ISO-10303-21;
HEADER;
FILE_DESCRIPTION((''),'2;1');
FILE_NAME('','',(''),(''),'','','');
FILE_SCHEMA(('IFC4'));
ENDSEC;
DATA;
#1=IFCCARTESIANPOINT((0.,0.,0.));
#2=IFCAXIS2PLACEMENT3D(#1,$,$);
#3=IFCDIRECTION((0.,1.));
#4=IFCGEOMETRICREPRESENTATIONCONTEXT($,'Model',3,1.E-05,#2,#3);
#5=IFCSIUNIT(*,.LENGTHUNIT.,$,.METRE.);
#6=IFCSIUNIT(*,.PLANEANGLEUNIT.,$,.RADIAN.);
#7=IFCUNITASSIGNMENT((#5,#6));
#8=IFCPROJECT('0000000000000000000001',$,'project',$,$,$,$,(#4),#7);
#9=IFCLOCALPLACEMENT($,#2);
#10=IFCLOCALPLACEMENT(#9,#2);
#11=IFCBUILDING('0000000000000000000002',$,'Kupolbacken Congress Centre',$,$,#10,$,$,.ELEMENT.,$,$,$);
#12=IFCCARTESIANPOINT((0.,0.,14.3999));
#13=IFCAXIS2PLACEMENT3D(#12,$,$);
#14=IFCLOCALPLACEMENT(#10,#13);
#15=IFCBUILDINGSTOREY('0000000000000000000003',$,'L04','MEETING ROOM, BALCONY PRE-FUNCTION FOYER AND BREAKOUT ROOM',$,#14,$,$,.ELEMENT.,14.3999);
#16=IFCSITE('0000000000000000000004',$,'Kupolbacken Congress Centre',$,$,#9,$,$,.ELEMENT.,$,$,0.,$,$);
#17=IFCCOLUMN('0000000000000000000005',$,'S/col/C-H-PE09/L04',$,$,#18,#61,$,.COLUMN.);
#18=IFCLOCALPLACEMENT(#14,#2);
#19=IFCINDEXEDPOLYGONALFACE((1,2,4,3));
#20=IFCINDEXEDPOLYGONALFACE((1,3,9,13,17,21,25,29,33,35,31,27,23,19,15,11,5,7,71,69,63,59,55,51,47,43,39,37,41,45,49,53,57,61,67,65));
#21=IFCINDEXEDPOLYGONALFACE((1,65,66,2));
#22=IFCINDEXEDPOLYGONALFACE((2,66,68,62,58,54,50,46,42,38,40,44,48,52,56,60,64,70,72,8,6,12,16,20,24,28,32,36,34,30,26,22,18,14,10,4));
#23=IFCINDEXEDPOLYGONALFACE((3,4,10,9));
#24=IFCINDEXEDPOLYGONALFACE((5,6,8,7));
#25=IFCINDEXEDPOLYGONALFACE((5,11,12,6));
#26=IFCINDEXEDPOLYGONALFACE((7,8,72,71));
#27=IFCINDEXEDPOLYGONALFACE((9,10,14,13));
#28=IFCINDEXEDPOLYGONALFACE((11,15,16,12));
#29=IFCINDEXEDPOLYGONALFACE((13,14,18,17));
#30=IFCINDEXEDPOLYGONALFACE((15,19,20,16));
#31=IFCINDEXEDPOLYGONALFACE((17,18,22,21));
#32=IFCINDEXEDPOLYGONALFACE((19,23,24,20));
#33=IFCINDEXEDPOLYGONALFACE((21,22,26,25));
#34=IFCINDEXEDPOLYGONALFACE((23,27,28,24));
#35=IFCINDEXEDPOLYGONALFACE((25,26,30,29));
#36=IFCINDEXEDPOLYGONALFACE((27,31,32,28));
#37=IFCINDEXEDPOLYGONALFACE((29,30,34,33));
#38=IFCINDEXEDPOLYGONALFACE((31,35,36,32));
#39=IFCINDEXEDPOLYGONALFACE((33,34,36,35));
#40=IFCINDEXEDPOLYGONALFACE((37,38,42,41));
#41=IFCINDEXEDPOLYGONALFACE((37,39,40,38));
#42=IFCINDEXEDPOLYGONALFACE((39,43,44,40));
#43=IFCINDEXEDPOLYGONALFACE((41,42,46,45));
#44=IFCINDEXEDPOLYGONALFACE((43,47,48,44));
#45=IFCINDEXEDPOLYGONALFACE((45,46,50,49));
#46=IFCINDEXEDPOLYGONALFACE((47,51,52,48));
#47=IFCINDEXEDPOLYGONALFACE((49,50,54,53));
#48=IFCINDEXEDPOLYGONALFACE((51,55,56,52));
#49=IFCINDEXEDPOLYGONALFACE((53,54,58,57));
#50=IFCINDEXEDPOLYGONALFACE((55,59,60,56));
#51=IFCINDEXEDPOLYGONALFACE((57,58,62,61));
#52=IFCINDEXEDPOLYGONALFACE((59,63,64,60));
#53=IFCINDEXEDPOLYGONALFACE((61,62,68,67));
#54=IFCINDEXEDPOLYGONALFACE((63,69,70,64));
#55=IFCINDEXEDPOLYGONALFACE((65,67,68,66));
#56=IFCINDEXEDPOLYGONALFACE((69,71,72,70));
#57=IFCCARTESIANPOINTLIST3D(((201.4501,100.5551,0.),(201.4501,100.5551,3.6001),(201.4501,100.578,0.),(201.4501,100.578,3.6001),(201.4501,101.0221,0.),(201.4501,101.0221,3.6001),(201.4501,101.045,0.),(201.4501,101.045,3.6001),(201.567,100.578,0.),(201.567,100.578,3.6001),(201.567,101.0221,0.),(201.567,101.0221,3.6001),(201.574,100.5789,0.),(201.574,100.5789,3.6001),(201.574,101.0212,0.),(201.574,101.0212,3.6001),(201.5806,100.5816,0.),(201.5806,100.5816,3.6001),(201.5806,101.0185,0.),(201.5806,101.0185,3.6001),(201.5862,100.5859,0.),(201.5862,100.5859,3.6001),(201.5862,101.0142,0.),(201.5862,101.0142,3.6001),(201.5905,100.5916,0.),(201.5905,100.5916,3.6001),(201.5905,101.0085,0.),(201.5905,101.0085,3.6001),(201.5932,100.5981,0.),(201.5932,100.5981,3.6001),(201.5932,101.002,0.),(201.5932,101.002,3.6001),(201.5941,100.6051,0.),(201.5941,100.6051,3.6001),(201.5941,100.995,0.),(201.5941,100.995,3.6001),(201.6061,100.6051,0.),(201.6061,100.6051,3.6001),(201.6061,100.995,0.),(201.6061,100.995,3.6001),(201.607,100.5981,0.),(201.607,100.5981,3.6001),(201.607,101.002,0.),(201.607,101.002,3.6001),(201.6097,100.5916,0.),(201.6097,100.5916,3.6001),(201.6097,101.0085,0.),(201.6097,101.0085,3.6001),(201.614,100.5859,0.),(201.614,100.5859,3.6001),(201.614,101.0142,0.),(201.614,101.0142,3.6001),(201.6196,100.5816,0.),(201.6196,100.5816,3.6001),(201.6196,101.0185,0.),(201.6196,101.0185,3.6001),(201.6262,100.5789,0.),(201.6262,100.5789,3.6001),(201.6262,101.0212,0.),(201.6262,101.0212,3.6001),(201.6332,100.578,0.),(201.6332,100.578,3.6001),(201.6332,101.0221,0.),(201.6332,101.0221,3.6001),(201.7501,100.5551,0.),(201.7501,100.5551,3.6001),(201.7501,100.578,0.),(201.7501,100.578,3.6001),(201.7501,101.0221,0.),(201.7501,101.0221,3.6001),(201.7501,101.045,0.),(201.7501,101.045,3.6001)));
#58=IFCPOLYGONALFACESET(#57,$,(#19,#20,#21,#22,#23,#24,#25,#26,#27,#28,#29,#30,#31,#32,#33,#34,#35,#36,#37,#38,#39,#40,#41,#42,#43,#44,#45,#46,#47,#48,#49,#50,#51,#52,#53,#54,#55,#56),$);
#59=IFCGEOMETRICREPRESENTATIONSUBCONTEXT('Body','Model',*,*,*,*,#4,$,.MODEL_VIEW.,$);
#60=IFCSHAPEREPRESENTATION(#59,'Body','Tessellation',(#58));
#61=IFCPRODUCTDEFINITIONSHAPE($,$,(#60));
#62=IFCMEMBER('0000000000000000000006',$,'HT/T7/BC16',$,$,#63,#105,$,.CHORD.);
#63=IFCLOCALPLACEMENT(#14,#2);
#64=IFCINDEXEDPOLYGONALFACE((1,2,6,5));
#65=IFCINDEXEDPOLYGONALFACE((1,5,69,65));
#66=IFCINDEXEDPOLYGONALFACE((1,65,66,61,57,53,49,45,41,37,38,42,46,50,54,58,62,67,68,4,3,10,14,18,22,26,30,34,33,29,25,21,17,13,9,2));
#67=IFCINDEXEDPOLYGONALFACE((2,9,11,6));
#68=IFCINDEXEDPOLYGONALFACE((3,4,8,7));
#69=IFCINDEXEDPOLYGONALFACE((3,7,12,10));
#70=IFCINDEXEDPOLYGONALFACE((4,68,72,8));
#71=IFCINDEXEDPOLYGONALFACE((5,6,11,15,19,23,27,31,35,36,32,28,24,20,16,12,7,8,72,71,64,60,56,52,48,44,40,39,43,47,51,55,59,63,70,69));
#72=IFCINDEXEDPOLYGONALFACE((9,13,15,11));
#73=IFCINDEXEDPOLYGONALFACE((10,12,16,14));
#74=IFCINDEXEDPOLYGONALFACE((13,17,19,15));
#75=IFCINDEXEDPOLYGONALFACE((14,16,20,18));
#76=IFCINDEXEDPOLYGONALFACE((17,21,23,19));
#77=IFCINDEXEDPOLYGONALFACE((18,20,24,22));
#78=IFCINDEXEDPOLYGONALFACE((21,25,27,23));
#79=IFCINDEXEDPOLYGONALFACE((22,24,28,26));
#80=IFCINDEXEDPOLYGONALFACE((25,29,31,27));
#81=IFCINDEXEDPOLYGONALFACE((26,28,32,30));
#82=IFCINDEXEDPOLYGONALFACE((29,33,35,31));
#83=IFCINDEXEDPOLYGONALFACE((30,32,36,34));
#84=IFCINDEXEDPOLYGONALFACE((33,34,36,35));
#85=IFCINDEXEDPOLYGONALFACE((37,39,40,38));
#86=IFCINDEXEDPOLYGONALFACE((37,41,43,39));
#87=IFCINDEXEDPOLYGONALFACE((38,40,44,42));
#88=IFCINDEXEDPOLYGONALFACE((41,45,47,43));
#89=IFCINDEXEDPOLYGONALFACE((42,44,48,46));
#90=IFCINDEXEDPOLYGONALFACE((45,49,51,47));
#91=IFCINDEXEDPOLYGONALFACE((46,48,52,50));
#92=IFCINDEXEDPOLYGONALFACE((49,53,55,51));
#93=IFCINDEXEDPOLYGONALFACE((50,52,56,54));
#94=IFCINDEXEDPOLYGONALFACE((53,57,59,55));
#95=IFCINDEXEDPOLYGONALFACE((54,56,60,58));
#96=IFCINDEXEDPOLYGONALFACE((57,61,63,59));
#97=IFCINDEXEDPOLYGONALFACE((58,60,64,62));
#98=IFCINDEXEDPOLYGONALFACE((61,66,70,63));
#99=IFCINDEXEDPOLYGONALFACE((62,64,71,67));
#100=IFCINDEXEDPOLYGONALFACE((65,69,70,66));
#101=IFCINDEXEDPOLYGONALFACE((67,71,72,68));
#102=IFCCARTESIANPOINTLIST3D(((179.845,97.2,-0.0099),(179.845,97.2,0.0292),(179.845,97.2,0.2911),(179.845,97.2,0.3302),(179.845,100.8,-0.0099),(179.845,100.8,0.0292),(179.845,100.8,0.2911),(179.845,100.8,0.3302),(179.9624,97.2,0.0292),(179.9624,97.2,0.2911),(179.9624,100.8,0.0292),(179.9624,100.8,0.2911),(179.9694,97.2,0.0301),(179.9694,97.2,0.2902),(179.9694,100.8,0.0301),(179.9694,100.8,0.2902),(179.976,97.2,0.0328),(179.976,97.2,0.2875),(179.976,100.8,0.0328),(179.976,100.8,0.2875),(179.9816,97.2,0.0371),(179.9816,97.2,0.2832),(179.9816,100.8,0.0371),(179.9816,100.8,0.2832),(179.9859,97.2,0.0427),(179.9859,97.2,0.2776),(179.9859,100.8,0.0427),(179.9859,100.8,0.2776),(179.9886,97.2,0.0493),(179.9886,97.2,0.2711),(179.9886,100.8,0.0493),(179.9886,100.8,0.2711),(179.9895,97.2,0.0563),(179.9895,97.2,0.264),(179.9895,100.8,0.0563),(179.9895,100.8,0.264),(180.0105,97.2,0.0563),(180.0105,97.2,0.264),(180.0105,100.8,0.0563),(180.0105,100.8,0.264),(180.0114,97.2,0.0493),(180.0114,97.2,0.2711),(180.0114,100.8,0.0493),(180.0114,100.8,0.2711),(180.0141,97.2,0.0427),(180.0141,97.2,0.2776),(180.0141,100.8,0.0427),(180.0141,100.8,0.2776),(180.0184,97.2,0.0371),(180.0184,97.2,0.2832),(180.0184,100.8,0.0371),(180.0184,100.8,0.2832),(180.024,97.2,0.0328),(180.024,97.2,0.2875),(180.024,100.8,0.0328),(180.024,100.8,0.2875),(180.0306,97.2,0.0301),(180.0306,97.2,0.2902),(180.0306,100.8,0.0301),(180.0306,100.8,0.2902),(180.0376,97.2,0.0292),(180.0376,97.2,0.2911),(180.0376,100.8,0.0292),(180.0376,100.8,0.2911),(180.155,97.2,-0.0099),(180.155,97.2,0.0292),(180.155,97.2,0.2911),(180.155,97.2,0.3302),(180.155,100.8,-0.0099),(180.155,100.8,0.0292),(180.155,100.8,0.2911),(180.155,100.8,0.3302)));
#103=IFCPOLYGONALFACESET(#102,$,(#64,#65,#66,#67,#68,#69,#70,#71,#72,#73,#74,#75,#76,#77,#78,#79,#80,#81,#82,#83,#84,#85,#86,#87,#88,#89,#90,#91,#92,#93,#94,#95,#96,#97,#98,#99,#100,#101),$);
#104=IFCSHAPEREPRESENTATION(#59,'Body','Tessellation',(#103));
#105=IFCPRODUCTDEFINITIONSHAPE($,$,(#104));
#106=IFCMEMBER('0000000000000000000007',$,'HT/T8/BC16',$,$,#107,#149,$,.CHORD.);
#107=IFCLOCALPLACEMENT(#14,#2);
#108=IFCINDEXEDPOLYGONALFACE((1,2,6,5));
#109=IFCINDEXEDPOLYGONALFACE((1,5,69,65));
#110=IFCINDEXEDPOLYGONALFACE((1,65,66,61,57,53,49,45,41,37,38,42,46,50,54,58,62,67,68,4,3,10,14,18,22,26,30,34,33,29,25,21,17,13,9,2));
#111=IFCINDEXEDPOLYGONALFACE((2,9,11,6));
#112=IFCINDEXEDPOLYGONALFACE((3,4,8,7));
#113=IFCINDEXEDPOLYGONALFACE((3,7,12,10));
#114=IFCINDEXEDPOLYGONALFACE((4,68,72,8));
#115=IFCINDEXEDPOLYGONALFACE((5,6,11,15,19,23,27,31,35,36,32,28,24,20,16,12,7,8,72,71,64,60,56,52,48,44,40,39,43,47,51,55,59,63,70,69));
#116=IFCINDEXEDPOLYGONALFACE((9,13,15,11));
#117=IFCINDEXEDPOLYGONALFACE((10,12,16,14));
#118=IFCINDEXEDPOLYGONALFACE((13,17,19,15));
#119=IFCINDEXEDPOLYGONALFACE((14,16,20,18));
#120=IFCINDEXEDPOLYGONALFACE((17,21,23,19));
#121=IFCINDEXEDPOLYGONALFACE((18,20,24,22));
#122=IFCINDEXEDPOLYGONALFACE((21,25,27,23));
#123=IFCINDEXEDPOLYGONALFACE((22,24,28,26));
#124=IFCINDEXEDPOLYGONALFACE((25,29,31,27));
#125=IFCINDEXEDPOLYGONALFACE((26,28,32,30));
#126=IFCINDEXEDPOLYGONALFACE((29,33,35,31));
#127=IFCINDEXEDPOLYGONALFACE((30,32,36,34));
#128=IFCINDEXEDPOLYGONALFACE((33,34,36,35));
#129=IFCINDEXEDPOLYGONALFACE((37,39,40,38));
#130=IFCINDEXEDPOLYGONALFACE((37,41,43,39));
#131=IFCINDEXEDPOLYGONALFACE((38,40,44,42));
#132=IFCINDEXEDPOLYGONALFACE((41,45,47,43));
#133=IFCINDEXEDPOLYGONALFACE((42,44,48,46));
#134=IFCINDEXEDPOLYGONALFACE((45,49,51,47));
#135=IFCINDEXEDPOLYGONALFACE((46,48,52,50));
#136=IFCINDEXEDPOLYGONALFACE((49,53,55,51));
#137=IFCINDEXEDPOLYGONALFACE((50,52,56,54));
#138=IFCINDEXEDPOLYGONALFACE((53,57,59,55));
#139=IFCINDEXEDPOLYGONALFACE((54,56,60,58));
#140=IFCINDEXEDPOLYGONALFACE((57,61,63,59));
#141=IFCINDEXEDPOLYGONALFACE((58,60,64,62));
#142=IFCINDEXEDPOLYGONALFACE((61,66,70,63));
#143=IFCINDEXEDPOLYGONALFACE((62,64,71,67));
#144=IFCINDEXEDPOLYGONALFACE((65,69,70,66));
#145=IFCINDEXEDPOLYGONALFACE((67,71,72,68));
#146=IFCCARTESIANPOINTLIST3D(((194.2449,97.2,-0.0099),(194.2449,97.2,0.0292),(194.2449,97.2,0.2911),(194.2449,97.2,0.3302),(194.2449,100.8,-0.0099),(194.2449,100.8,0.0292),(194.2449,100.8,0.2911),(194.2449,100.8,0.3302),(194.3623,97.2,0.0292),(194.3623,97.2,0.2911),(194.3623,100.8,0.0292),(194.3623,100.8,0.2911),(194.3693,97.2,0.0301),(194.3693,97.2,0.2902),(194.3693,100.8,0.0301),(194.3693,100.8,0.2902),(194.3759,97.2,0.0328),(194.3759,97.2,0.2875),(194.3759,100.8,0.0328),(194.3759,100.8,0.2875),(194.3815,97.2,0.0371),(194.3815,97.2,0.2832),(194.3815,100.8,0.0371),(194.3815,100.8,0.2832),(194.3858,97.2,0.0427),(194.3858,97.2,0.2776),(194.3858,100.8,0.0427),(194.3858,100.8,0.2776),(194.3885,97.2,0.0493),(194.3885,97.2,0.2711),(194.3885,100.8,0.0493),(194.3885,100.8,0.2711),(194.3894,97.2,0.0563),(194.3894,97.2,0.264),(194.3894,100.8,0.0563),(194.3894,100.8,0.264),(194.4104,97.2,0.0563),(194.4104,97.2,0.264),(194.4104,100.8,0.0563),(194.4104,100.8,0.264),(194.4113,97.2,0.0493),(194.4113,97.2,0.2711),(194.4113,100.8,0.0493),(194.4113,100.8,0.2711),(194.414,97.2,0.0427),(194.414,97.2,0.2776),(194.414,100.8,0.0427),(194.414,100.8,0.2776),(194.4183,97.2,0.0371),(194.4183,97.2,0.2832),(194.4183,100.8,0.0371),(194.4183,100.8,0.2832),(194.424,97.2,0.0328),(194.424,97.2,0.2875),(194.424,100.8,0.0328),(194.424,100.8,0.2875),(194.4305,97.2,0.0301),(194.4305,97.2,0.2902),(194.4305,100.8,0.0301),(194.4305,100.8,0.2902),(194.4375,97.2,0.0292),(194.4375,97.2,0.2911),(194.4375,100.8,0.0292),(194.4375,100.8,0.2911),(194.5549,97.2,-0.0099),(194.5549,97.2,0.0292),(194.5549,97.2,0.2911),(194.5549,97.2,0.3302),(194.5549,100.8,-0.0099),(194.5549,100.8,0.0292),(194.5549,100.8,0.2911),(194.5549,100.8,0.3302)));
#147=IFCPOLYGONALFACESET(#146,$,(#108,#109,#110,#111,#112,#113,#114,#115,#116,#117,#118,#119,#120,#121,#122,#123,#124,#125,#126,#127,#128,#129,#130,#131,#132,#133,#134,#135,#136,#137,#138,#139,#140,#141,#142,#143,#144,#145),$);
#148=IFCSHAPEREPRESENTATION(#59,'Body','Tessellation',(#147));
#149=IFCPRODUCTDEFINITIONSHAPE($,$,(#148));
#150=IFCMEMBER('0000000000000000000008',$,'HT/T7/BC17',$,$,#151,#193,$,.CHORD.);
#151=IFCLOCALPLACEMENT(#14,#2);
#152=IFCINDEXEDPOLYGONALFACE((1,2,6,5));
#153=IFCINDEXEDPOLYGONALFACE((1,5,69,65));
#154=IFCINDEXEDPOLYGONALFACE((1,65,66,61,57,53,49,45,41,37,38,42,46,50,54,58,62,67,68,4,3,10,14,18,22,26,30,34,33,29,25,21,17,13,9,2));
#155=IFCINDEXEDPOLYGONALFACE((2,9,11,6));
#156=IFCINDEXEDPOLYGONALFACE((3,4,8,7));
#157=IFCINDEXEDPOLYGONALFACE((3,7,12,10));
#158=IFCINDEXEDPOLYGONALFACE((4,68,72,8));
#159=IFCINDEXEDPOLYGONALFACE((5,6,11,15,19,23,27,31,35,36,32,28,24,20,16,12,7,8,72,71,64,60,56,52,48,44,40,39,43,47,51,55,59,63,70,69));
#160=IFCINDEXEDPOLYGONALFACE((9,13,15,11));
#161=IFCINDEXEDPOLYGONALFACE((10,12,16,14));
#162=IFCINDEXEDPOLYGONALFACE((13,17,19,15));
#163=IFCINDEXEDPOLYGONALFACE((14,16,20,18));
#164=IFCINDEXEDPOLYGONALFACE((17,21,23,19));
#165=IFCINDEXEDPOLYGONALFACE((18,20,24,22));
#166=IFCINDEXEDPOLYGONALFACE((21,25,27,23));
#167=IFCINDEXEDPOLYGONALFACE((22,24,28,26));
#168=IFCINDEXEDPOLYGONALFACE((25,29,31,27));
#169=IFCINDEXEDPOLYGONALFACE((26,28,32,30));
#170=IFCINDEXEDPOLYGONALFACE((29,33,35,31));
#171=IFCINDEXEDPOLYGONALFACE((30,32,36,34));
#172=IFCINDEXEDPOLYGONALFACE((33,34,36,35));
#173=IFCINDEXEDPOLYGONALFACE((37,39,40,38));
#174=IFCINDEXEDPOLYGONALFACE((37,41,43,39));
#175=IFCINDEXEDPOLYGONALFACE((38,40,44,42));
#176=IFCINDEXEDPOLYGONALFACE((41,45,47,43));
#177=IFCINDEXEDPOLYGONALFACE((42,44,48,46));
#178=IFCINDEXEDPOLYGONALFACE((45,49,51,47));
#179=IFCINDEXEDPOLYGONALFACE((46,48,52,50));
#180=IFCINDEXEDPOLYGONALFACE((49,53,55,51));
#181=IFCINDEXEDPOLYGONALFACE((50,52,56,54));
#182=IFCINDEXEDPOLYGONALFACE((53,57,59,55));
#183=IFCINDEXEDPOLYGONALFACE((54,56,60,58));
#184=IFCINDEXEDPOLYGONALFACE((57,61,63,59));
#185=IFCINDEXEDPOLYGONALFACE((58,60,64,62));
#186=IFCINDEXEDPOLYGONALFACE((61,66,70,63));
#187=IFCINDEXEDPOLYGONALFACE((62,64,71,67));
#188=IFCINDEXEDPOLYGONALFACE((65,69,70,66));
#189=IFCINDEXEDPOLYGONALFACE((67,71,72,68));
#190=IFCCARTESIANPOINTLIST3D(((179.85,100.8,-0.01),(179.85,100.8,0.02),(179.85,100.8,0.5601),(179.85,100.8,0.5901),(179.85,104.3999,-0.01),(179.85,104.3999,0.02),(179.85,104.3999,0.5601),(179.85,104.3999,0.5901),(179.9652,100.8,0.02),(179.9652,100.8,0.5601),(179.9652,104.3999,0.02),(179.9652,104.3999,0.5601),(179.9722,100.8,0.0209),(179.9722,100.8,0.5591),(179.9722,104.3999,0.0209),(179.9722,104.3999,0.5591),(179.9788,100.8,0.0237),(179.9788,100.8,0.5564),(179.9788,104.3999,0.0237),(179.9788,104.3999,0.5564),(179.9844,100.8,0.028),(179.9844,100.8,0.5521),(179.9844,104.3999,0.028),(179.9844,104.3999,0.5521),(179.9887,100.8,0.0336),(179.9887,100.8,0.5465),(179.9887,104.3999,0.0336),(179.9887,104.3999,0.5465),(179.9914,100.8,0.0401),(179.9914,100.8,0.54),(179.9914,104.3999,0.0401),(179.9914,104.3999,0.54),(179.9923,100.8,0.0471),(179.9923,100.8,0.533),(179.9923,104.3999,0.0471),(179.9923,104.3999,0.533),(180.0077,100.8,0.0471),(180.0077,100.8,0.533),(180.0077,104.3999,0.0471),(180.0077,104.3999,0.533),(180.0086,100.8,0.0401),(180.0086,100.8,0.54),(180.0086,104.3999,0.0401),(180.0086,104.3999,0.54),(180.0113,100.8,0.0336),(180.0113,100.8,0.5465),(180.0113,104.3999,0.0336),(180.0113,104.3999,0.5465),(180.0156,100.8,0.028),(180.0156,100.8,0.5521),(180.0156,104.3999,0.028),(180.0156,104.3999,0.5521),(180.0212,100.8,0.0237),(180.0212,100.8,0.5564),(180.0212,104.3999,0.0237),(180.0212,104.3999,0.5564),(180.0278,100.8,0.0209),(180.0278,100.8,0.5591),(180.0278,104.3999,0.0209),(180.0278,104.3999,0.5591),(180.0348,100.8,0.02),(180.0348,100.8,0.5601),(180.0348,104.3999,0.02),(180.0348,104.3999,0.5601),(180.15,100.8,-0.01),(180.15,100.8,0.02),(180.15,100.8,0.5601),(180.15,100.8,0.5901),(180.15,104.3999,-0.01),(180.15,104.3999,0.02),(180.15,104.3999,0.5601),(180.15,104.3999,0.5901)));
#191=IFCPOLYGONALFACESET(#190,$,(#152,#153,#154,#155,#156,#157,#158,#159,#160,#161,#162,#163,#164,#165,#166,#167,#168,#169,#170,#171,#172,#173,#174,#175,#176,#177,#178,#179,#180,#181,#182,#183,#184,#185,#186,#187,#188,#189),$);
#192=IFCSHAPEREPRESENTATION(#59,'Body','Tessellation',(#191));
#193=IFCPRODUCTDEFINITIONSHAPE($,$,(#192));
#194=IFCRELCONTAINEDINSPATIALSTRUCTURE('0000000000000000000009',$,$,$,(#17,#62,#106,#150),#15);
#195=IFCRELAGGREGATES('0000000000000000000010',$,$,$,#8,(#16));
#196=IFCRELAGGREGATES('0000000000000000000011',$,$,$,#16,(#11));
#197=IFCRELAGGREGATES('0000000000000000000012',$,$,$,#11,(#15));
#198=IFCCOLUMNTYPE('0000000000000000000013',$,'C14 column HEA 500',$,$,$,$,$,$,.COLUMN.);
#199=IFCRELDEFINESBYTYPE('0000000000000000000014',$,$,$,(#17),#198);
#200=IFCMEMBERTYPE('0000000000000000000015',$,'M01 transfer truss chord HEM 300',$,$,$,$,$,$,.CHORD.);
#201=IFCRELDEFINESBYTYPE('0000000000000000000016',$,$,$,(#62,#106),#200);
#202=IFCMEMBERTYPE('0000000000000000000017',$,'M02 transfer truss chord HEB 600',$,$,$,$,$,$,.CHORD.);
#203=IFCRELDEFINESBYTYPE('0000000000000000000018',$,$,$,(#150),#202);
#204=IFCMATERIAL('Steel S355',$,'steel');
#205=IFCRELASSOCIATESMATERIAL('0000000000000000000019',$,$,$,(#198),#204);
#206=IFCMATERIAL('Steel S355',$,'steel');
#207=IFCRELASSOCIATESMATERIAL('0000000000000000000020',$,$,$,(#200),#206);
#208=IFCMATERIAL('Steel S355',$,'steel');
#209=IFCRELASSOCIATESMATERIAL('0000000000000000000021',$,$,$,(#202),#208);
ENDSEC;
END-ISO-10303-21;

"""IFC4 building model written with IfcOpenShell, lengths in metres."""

from ifc_helpers import new_model, si_unit, direction, frame, origin, origin_2d, place, context, subcontext, project, spatial, i_section, extrude, material, material_profile, profile_set, type_object, element, save


model = new_model("IFC4")

# Units and contexts
model_context = context("Model", 3, precision=1e-05, world=origin(), true_north=direction((0.0, 1.0)))
body_context = subcontext(model_context, "Body", "Model", "MODEL_VIEW")
ifc_project = project(units=[si_unit("LENGTHUNIT", "METRE"), si_unit("PLANEANGLEUNIT", "RADIAN")], contexts=[model_context])

# Site, building, storey
site_placement = place(None, origin())
site = spatial("IfcSite", under=ifc_project, at=site_placement, Name="Kupolbacken Congress Centre", CompositionType="ELEMENT", RefElevation=0.0)
building_placement = place(site_placement, origin())
building = spatial("IfcBuilding", under=site, at=building_placement, Name="Kupolbacken Congress Centre", CompositionType="ELEMENT")
storey_placement = place(building_placement, frame((0.0, 0.0, 14.3999)))
storey = spatial("IfcBuildingStorey", under=building, at=storey_placement, Name="L04", Description="MEETING ROOM, BALCONY PRE-FUNCTION FOYER AND BREAKOUT ROOM", CompositionType="ELEMENT", Elevation=14.3999)

# Column
ifc_material_1 = material(Name="Steel S355", Category="steel")
ifc_material_profile_1 = material_profile(ifc_material_1, i_section(OverallWidth=0.3, OverallDepth=0.49, WebThickness=0.012, FlangeThickness=0.0229, FilletRadius=0.0271, at=origin_2d()), Name="HEA 500")
ifc_profile_set_1 = profile_set([ifc_material_profile_1], Name="Steel S355")
column_type = type_object("IfcColumnType", Name="C14 column HEA 500", PredefinedType="COLUMN", material=ifc_profile_set_1)
column_placement = place(storey_placement, frame((201.6001, 100.8, 0.0), z_axis=(0.0, 0.0, 1.0), x_axis=(1.0, 0.0, 0.0)))
element("IfcColumn", 1, at=column_placement, inside=storey, type_object=column_type, Name="S/col/C-H-PE09/L04", PredefinedType="COLUMN", context=body_context, shape_type="SweptSolid", body=[
    extrude(i_section(OverallWidth=0.3, OverallDepth=0.49, WebThickness=0.012, FlangeThickness=0.0229, FilletRadius=0.0271, at=origin_2d()), origin(), (0.0, 0.0, 1.0), 3.6001),
])

# Members
ifc_material_2 = material(Name="Steel S355", Category="steel")
ifc_material_profile_2 = material_profile(ifc_material_2, i_section(OverallWidth=0.3101, OverallDepth=0.3401, WebThickness=0.021, FlangeThickness=0.0391, FilletRadius=0.0271, at=origin_2d()), Name="HEM 300")
ifc_profile_set_2 = profile_set([ifc_material_profile_2], Name="Steel S355")
member_type_1 = type_object("IfcMemberType", Name="M01 transfer truss chord HEM 300", PredefinedType="CHORD", material=ifc_profile_set_2)
for number, where, z_axis, x_axis, name in (
    (2, (180.0, 97.2, 0.1602), (0.0, 1.0, 0.0), (-1.0, 0.0, 0.0), "HT/T7/BC16"),
    (3, (194.3999, 97.2, 0.1602), (0.0, 1.0, 0.0), (-1.0, 0.0, 0.0), "HT/T8/BC16"),
):
    element("IfcMember", number, at=place(storey_placement, frame(where, z_axis=z_axis, x_axis=x_axis)), inside=storey, type_object=member_type_1, Name=name, PredefinedType="CHORD", context=body_context, shape_type="SweptSolid", body=[
        extrude(i_section(OverallWidth=0.3101, OverallDepth=0.3401, WebThickness=0.021, FlangeThickness=0.0391, FilletRadius=0.0271, at=origin_2d()), origin(), (0.0, 0.0, 1.0), 3.6001),
    ])
ifc_material_3 = material(Name="Steel S355", Category="steel")
ifc_material_profile_3 = material_profile(ifc_material_3, i_section(OverallWidth=0.3, OverallDepth=0.6001, WebThickness=0.0154, FlangeThickness=0.03, FilletRadius=0.0271, at=origin_2d()), Name="HEB 600")
ifc_profile_set_3 = profile_set([ifc_material_profile_3], Name="Steel S355")
member_type_2 = type_object("IfcMemberType", Name="M02 transfer truss chord HEB 600", PredefinedType="CHORD", material=ifc_profile_set_3)
member_1_placement = place(storey_placement, frame((180.0, 100.8, 0.29), z_axis=(0.0, 1.0, 0.0), x_axis=(-1.0, 0.0, 0.0)))
element("IfcMember", 4, at=member_1_placement, inside=storey, type_object=member_type_2, Name="HT/T7/BC17", PredefinedType="CHORD", context=body_context, shape_type="SweptSolid", body=[
    extrude(i_section(OverallWidth=0.3, OverallDepth=0.6001, WebThickness=0.0154, FlangeThickness=0.03, FilletRadius=0.0271, at=origin_2d()), origin(), (0.0, 0.0, 1.0), 3.5999),
])

save(model, "model.ifc")
